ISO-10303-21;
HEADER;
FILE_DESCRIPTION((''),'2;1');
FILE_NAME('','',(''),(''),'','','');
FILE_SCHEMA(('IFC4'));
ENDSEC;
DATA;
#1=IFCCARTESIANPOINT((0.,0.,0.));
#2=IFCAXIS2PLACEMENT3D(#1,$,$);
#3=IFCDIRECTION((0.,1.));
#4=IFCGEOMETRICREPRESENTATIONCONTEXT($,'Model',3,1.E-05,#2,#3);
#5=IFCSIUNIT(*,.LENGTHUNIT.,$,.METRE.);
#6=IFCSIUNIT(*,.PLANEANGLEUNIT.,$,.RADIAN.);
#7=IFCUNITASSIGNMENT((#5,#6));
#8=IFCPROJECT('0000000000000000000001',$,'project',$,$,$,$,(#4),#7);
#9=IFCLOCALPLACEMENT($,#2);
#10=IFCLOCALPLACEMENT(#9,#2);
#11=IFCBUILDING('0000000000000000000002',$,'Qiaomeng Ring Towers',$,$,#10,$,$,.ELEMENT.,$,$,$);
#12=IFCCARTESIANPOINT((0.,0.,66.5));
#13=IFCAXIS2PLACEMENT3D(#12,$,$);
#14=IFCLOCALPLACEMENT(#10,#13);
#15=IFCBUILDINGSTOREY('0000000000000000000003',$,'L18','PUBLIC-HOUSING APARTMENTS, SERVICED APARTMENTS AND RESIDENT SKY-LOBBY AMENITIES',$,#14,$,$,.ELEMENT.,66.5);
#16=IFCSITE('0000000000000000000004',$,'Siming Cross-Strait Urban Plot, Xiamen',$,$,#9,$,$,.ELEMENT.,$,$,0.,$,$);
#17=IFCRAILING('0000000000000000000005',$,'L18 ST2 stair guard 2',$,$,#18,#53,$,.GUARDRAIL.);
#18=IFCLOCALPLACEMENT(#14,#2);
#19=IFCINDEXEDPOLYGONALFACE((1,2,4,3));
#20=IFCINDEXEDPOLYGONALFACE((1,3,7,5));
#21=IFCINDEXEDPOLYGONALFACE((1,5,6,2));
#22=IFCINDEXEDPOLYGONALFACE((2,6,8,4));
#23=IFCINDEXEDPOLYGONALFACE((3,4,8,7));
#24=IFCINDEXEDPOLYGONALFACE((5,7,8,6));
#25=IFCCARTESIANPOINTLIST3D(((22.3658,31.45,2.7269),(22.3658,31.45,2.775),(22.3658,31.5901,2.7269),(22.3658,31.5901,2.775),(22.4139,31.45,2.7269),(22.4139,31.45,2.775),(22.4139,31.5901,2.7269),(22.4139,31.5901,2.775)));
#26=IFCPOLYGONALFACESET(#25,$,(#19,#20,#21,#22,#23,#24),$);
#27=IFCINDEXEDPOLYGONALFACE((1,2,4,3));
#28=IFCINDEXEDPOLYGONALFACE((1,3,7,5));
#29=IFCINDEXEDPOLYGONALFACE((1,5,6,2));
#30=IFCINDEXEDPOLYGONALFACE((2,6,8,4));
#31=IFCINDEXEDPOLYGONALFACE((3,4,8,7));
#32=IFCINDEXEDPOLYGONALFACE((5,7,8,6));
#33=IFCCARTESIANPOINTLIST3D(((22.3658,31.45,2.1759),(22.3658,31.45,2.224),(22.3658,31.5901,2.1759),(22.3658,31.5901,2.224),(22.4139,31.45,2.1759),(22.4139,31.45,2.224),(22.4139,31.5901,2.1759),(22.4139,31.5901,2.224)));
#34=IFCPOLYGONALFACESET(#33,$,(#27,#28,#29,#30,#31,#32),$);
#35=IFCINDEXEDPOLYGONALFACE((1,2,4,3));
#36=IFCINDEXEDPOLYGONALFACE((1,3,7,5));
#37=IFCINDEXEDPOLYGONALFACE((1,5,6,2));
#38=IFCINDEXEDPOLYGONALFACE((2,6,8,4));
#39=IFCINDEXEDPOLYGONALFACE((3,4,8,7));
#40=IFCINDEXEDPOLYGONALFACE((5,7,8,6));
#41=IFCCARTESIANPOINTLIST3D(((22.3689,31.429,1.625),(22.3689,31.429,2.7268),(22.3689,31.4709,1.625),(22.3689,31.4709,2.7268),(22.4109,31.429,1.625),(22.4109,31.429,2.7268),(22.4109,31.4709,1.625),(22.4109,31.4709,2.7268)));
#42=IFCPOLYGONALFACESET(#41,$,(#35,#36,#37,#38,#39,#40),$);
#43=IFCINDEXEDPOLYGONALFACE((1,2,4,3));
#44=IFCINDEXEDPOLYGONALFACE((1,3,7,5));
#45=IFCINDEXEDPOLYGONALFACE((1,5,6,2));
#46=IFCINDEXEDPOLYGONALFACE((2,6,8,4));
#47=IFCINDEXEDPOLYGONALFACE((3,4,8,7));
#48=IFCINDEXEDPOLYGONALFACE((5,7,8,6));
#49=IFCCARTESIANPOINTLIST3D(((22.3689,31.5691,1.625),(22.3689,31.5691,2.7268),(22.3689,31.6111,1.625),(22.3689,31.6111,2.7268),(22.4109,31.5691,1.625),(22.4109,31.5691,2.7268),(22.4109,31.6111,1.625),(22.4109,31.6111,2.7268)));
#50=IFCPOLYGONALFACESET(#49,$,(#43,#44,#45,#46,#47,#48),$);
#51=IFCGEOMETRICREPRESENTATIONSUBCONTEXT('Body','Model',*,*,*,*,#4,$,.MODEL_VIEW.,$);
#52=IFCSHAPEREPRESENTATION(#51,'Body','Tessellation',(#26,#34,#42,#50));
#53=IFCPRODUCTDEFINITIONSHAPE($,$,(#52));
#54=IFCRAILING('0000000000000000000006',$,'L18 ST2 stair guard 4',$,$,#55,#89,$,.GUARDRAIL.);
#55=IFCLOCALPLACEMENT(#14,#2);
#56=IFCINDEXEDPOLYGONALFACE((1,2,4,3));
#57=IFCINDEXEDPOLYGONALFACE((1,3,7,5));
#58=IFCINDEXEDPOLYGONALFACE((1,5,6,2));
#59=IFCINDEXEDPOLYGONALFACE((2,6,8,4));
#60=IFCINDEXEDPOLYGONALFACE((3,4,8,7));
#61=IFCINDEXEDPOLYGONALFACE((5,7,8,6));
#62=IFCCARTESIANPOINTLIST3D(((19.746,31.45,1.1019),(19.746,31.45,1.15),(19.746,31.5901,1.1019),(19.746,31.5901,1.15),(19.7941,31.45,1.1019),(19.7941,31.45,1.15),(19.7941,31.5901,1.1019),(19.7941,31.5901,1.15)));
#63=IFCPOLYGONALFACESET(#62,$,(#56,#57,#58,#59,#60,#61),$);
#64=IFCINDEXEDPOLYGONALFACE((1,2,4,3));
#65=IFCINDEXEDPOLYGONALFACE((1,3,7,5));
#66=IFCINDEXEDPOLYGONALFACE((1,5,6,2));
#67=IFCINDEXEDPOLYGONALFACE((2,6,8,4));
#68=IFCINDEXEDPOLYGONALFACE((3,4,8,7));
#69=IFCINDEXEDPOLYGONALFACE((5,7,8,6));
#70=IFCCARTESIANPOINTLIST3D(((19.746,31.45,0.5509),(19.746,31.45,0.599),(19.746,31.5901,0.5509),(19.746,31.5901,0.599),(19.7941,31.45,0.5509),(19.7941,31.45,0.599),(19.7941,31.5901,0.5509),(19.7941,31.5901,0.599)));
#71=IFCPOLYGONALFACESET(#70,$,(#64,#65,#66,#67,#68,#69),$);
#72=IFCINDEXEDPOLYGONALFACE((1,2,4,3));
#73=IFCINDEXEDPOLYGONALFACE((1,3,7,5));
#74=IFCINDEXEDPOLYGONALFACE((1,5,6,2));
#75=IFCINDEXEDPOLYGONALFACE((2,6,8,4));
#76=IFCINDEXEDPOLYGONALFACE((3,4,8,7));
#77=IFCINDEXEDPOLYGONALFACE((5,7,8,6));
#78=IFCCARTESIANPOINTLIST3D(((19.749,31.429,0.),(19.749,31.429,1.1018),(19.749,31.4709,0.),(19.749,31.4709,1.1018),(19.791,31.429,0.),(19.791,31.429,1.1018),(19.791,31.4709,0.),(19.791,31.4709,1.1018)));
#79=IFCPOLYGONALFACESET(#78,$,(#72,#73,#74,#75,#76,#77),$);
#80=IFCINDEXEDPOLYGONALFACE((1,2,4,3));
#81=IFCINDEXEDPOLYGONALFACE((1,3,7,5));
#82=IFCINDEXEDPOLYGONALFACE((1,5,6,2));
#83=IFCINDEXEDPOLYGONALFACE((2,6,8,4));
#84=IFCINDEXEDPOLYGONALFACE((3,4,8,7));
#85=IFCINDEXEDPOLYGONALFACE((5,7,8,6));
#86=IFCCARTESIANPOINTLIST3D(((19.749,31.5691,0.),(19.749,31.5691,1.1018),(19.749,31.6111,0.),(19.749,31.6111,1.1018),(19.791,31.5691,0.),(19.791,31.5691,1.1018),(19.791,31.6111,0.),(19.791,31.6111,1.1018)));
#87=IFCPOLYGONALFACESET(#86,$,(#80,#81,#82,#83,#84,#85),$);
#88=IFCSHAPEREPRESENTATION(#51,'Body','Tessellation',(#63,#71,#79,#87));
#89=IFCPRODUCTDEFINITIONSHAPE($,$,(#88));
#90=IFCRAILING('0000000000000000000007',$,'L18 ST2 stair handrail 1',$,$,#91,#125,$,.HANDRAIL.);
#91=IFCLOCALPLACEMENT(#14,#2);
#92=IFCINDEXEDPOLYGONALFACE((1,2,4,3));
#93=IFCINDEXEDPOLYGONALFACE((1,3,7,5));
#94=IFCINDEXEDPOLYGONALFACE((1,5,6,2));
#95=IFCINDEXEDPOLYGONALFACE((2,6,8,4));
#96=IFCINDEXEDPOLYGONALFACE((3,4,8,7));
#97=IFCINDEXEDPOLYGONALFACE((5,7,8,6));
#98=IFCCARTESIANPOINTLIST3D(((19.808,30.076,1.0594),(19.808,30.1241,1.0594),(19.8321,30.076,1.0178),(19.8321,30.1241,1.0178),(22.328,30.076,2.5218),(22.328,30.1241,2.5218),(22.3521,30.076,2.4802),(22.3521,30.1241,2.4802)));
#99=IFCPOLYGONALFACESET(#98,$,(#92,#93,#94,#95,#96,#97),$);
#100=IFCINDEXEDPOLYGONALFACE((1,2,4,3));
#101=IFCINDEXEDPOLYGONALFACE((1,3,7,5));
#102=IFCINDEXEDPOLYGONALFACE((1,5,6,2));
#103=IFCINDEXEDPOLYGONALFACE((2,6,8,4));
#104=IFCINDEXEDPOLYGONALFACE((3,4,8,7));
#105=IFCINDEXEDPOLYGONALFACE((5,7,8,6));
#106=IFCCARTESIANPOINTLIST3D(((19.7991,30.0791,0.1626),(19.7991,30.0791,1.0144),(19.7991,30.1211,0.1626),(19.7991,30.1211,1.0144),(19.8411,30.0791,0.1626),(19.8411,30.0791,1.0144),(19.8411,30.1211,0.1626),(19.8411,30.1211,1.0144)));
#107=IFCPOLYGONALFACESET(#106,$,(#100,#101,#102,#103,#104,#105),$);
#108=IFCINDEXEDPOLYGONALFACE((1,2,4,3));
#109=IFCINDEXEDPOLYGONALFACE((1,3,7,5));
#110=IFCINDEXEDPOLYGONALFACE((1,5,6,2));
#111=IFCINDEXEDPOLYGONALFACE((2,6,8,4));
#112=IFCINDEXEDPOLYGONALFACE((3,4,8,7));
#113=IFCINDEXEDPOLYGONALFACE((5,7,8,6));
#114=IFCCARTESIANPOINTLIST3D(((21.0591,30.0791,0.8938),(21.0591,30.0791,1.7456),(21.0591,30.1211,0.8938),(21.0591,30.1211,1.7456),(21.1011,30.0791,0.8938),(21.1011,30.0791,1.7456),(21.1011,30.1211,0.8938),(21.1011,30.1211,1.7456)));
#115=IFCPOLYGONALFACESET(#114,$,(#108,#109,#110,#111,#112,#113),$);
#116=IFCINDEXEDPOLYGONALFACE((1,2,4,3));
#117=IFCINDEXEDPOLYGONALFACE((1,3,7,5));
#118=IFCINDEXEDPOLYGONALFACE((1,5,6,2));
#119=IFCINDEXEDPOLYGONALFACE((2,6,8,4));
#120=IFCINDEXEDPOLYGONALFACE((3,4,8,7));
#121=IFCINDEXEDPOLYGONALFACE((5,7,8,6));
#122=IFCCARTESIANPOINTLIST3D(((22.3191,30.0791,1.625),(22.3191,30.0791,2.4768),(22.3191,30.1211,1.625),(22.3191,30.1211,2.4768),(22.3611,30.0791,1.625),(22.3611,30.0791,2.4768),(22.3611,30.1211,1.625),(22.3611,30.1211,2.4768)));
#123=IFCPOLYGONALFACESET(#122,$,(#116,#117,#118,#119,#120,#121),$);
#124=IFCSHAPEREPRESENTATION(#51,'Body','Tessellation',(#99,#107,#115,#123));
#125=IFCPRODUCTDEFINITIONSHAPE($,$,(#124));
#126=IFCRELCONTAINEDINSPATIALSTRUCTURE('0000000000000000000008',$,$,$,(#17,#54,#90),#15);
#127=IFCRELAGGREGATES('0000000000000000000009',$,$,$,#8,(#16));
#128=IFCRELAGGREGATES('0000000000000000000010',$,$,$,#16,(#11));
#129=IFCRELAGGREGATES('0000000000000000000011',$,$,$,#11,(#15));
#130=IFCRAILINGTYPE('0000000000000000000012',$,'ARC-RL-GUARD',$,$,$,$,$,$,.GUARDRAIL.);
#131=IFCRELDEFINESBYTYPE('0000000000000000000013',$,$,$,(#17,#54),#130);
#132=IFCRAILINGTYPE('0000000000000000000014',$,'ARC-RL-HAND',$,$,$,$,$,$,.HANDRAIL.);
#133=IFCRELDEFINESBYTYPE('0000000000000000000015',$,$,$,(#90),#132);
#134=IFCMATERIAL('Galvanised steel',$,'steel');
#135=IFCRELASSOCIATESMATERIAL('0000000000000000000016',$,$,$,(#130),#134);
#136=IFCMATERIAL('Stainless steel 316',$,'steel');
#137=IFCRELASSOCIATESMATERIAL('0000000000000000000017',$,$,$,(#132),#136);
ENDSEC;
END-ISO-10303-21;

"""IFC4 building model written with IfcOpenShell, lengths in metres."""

from ifc_helpers import new_model, si_unit, direction, frame, origin, origin_2d, place, context, subcontext, project, spatial, rectangle, extrude, material, type_object, element, save


model = new_model("IFC4")

# Units and contexts
model_context = context("Model", 3, precision=1e-05, world=origin(), true_north=direction((0.0, 1.0)))
body_context = subcontext(model_context, "Body", "Model", "MODEL_VIEW")
ifc_project = project(units=[si_unit("LENGTHUNIT", "METRE"), si_unit("PLANEANGLEUNIT", "RADIAN")], contexts=[model_context])

# Site, building, storey
site_placement = place(None, origin())
site = spatial("IfcSite", under=ifc_project, at=site_placement, Name="Siming Cross-Strait Urban Plot, Xiamen", CompositionType="ELEMENT", RefElevation=0.0)
building_placement = place(site_placement, origin())
building = spatial("IfcBuilding", under=site, at=building_placement, Name="Qiaomeng Ring Towers", CompositionType="ELEMENT")
storey_placement = place(building_placement, frame((0.0, 0.0, 66.5)))
storey = spatial("IfcBuildingStorey", under=building, at=storey_placement, Name="L18", Description="PUBLIC-HOUSING APARTMENTS, SERVICED APARTMENTS AND RESIDENT SKY-LOBBY AMENITIES", CompositionType="ELEMENT", Elevation=66.5)

# Shared definitions
ifc_material_1 = material(Name="Galvanised steel", Category="steel")

# Shared definitions
ifc_material_2 = material(Name="Stainless steel 316", Category="steel")

# Railings
railing_type_1 = type_object("IfcRailingType", Name="ARC-RL-GUARD", PredefinedType="GUARDRAIL", material=ifc_material_1)
for number, where, name in (
    (1, (22.3899, 31.45, 1.625), "L18 ST2 stair guard 2"),
    (2, (19.77, 31.45, 0.0), "L18 ST2 stair guard 4"),
):
    element("IfcRailing", number, at=place(storey_placement, frame(where)), inside=storey, type_object=railing_type_1, Name=name, PredefinedType="GUARDRAIL", context=body_context, shape_type="SweptSolid", body=[
        extrude(rectangle(XDim=0.0481, YDim=0.0481, at=origin_2d()), frame((0.0, 0.0, 1.126), z_axis=(0.0, 1.0, 0.0), x_axis=(-1.0, 0.0, 0.0)), (0.0, 0.0, 1.0), 0.1401),
        extrude(rectangle(XDim=0.0481, YDim=0.0481, at=origin_2d()), frame((0.0, 0.0, 0.575), z_axis=(0.0, 1.0, 0.0), x_axis=(-1.0, 0.0, 0.0)), (0.0, 0.0, 1.0), 0.1401),
        extrude(rectangle(XDim=0.042, YDim=0.042, at=origin_2d()), origin(), (0.0, 0.0, 1.0), 1.1018),
        extrude(rectangle(XDim=0.042, YDim=0.042, at=origin_2d()), frame((0.0, 0.1401, 0.0)), (0.0, 0.0, 1.0), 1.1018),
    ])
railing_type_2 = type_object("IfcRailingType", Name="ARC-RL-HAND", PredefinedType="HANDRAIL", material=ifc_material_2)
railing_1_placement = place(storey_placement, frame((19.8201, 30.1001, 0.1626)))
element("IfcRailing", 3, at=railing_1_placement, inside=storey, type_object=railing_type_2, Name="L18 ST2 stair handrail 1", PredefinedType="HANDRAIL", context=body_context, shape_type="SweptSolid", body=[
    extrude(rectangle(XDim=0.0481, YDim=0.0481, at=origin_2d()), frame((0.0, 0.0, 0.876), z_axis=(0.864913, 0.0, 0.501921), x_axis=(0.0, 1.0, 0.0)), (0.0, 0.0, 1.0), 2.9136),
    extrude(rectangle(XDim=0.042, YDim=0.042, at=origin_2d()), origin(), (0.0, 0.0, 1.0), 0.8518),
    extrude(rectangle(XDim=0.042, YDim=0.042, at=origin_2d()), frame((1.26, 0.0, 0.7312)), (0.0, 0.0, 1.0), 0.8518),
    extrude(rectangle(XDim=0.042, YDim=0.042, at=origin_2d()), frame((2.52, 0.0, 1.4624)), (0.0, 0.0, 1.0), 0.8518),
])

save(model, "model.ifc")
